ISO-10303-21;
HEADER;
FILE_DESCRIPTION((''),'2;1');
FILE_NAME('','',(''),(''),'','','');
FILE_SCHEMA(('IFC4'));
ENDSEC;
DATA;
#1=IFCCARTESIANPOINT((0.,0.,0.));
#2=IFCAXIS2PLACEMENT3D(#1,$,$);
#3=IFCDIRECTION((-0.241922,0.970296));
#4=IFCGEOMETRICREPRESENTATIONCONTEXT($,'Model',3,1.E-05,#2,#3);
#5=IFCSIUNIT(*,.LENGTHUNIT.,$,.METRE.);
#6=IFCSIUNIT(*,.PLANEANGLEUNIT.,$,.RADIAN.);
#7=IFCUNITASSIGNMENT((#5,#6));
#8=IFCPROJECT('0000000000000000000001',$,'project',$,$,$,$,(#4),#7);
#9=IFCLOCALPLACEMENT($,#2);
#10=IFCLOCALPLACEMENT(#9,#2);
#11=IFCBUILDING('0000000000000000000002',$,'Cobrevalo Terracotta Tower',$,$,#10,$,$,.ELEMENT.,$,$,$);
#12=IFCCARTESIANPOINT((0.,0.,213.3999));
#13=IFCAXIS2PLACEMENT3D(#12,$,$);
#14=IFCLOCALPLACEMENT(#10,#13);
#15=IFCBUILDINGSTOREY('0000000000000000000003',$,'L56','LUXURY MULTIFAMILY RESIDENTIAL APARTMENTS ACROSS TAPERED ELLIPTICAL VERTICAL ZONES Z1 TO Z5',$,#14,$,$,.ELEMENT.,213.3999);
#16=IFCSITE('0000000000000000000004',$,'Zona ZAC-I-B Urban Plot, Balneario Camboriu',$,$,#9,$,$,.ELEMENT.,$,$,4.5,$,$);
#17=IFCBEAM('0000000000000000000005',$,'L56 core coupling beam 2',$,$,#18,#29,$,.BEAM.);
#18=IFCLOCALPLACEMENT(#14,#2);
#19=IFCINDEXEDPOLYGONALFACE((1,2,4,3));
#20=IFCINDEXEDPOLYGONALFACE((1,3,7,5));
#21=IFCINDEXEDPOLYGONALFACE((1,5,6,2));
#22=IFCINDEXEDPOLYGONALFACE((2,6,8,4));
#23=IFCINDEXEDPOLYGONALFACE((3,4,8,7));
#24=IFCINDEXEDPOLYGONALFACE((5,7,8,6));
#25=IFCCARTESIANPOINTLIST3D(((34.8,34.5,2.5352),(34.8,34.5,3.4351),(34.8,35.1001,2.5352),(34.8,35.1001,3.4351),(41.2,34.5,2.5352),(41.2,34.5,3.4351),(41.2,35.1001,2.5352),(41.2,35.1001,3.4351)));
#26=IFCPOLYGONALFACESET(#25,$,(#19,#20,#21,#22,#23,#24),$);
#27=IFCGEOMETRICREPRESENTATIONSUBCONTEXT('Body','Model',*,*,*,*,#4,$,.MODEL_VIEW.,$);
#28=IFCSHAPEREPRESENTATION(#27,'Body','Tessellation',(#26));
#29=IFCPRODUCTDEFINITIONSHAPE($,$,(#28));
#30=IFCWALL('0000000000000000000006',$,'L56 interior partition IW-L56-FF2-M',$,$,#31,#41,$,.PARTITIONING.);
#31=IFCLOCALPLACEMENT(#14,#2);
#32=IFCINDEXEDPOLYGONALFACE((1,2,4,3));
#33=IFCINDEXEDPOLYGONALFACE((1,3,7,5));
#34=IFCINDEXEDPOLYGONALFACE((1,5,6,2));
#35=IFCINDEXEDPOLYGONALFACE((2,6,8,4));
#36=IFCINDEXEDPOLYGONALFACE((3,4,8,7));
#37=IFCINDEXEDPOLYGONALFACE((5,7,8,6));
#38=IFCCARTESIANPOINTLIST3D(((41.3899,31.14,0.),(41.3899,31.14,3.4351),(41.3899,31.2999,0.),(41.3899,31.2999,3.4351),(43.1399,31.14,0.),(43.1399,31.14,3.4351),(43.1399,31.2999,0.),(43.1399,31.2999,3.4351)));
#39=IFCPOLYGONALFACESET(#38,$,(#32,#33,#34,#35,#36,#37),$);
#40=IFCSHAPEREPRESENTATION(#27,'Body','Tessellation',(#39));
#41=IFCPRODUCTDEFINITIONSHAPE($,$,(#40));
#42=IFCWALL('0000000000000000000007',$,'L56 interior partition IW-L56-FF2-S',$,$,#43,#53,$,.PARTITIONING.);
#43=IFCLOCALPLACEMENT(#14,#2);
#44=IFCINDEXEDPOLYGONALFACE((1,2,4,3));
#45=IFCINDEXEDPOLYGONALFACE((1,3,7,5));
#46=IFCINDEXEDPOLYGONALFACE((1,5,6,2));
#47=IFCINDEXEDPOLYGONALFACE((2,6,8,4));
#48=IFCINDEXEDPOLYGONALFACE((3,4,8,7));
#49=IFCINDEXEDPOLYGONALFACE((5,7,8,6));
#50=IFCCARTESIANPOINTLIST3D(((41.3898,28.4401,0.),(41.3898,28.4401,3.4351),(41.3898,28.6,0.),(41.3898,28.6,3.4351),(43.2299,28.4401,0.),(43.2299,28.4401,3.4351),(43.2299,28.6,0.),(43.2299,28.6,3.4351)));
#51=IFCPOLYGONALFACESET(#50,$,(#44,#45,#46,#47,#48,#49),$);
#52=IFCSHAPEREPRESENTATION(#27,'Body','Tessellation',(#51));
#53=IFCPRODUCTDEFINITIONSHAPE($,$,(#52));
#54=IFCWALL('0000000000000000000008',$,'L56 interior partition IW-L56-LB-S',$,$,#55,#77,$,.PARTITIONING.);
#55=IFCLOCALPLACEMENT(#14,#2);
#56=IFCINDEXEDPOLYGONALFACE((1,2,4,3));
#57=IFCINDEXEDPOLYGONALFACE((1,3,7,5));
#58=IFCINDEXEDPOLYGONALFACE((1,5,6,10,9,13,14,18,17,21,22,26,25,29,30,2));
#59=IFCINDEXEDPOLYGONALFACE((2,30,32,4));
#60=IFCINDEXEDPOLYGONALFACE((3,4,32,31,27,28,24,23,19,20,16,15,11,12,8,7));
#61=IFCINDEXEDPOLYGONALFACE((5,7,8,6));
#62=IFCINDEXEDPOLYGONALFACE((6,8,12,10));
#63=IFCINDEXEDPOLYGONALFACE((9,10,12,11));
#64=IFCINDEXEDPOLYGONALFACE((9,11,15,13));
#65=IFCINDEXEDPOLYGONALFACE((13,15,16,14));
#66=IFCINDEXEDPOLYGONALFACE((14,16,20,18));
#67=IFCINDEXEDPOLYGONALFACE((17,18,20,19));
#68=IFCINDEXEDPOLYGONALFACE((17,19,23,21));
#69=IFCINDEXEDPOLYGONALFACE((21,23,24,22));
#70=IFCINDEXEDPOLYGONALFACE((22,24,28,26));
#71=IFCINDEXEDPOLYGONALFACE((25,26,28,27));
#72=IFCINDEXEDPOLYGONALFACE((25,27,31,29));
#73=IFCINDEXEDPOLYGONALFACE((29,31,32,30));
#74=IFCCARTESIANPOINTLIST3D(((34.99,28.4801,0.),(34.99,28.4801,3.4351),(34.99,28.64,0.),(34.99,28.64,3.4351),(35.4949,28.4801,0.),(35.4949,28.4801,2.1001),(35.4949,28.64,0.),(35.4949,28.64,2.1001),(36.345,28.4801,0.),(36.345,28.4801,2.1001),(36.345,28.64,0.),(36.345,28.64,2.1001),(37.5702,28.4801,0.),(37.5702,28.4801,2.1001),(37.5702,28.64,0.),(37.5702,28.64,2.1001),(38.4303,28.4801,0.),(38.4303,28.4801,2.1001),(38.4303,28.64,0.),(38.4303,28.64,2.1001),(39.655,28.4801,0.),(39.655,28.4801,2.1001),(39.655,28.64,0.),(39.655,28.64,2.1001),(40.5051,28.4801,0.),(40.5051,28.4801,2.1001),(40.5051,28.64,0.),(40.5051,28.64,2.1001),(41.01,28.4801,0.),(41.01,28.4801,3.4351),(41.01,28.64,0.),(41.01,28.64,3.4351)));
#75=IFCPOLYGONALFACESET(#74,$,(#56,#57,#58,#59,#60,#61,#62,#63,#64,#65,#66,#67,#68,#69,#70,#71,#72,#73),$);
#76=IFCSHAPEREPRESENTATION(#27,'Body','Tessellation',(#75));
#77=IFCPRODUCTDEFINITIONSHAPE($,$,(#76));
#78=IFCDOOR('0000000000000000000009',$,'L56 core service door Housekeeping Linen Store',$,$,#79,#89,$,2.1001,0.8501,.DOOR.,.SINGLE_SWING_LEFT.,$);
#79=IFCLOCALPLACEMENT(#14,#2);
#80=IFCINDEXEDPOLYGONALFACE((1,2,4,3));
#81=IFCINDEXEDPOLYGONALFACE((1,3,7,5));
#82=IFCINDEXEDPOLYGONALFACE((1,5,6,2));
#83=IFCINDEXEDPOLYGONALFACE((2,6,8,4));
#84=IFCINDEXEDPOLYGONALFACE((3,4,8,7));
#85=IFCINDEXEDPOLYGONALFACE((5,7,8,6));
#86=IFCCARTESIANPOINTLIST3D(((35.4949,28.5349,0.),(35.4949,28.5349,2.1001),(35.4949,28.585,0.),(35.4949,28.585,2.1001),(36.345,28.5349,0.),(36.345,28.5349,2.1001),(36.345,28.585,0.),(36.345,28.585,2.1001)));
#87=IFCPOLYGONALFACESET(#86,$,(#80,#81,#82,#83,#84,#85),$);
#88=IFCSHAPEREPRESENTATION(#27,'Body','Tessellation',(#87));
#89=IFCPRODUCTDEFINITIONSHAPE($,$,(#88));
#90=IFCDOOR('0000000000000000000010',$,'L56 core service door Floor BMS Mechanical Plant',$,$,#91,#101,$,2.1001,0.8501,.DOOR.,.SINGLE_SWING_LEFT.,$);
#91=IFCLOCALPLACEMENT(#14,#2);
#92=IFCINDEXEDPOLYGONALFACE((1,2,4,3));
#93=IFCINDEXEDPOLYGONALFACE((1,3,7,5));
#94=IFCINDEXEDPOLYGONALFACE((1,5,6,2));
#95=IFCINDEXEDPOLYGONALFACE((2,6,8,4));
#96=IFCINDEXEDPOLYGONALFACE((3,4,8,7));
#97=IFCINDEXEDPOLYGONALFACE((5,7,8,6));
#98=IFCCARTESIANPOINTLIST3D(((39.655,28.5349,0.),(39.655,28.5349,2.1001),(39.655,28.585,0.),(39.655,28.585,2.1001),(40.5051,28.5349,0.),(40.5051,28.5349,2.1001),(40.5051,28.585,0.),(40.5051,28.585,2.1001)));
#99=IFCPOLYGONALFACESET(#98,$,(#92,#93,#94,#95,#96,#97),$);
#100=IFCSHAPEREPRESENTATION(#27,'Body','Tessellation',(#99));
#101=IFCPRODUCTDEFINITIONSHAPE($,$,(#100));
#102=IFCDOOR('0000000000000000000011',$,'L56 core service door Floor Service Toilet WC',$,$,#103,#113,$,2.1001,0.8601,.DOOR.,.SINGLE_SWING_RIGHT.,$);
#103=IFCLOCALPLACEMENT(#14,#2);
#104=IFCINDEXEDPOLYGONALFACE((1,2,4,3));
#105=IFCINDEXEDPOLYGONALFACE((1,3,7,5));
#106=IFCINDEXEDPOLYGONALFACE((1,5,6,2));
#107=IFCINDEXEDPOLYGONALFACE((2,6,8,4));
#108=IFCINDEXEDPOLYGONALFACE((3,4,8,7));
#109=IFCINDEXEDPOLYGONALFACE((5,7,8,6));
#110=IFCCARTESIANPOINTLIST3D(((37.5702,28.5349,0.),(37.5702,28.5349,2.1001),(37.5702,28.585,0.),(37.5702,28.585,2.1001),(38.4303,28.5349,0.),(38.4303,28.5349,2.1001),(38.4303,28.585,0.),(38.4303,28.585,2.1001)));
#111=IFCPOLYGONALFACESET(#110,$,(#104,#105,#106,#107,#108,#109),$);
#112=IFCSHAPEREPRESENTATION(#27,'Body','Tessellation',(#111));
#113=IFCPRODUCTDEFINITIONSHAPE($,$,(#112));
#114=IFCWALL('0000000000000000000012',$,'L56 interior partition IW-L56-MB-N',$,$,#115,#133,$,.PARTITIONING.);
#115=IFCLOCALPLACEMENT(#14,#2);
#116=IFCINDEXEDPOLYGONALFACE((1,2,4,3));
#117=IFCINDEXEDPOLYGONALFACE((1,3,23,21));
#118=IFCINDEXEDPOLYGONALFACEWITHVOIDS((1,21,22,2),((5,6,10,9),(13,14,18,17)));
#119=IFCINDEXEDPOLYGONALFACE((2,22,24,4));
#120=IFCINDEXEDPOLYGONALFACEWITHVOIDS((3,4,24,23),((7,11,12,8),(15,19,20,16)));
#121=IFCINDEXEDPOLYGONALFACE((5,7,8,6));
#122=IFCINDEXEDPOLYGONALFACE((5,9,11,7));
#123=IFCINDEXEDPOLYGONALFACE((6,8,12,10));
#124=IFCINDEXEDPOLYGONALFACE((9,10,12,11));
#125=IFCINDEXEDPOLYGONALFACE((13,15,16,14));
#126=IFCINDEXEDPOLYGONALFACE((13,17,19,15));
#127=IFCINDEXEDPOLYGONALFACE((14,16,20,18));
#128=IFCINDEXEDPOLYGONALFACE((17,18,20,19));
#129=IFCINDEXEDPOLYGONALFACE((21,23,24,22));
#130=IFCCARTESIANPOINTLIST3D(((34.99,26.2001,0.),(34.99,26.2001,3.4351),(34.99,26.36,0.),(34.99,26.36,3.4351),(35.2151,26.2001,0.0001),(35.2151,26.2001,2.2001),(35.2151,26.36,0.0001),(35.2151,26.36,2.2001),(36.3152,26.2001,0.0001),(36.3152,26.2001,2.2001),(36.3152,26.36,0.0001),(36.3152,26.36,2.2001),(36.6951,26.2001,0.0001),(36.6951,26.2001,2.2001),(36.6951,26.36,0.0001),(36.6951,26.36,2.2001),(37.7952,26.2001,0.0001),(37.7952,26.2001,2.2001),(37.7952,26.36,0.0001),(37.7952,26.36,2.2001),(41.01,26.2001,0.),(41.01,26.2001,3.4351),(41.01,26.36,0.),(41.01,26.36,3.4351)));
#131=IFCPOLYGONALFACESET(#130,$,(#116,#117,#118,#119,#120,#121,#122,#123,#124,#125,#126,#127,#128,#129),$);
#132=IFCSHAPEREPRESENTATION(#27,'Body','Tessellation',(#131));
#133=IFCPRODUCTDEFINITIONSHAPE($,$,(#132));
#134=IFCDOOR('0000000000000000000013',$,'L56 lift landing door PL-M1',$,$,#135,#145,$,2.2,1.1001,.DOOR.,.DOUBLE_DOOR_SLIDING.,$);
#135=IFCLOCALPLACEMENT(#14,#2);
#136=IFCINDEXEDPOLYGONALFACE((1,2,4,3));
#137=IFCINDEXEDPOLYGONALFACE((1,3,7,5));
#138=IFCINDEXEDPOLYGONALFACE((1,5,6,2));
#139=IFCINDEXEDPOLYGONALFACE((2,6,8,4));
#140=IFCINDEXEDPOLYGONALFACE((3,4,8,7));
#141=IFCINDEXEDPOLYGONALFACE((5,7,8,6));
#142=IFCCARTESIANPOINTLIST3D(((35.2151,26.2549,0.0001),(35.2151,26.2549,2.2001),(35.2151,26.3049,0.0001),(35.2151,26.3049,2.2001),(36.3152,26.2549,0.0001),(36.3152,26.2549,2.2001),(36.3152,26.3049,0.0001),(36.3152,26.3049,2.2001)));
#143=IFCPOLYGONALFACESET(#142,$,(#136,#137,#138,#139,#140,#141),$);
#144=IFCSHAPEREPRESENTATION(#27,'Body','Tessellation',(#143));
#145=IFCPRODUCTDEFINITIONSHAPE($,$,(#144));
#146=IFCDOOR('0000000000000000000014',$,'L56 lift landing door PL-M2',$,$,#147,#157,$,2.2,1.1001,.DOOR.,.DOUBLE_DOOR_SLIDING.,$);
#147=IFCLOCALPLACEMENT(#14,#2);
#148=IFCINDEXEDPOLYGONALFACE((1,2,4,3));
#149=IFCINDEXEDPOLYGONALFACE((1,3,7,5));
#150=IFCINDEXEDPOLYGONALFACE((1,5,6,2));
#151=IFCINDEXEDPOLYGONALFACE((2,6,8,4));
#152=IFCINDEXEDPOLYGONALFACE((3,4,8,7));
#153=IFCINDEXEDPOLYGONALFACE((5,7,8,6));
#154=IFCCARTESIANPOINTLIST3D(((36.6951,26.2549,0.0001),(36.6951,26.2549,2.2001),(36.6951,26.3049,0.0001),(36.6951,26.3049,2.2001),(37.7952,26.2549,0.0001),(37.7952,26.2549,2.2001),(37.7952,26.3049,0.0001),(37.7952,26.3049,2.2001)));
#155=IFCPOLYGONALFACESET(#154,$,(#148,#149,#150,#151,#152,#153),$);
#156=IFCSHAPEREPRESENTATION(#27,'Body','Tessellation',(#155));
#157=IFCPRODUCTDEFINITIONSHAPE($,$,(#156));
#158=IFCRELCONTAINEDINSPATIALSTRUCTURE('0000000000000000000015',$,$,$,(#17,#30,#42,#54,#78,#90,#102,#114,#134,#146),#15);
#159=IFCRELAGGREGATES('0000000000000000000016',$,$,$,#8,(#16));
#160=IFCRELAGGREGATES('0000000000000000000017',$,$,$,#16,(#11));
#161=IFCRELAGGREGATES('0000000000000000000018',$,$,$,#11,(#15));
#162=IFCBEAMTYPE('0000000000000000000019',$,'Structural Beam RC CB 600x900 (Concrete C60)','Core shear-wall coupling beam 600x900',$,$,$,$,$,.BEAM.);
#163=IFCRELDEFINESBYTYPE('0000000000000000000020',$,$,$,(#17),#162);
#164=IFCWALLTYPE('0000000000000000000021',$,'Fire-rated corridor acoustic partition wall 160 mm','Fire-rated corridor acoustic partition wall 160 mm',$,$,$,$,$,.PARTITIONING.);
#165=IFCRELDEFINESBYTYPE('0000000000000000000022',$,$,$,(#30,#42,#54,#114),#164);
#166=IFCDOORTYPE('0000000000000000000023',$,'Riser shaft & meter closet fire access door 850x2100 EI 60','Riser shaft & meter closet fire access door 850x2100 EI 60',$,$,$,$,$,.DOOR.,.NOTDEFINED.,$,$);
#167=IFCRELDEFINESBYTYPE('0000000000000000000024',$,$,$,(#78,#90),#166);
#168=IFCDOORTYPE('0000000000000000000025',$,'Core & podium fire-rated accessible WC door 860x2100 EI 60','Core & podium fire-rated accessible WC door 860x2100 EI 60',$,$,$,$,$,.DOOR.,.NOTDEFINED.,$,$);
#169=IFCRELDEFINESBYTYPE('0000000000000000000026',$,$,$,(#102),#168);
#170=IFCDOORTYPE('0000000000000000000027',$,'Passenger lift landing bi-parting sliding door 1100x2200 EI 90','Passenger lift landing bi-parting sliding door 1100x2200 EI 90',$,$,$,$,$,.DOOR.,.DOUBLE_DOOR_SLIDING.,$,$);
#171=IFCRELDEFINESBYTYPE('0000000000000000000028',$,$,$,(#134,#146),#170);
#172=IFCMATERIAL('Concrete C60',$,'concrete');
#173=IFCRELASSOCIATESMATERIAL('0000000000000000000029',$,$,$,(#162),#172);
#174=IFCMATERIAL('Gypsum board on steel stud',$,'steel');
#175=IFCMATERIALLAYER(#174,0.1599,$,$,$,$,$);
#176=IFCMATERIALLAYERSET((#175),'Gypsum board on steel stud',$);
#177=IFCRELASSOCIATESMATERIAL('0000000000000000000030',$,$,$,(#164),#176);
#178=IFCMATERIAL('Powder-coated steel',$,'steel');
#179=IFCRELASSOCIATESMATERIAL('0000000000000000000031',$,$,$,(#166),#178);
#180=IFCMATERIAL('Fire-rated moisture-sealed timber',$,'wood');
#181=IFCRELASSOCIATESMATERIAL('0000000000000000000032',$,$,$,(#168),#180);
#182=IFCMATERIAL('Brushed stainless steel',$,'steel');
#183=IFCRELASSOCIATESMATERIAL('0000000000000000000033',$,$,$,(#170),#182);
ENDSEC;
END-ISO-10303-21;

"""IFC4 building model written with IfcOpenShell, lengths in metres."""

from ifc_helpers import new_model, si_unit, direction, frame, frame_2d, origin, origin_2d, place, context, subcontext, project, spatial, rectangle, extrude, source, transform, mapped, material, layer, layer_set, material_profile, profile_set, type_object, element, fill, save


model = new_model("IFC4")

# Units and contexts
model_context = context("Model", 3, precision=1e-05, world=origin(), true_north=direction((-0.241922, 0.970296)))
body_context = subcontext(model_context, "Body", "Model", "MODEL_VIEW")
ifc_project = project(units=[si_unit("LENGTHUNIT", "METRE"), si_unit("PLANEANGLEUNIT", "RADIAN")], contexts=[model_context])

# Site, building, storey
site_placement = place(None, origin())
site = spatial("IfcSite", under=ifc_project, at=site_placement, Name="Zona ZAC-I-B Urban Plot, Balneario Camboriu", CompositionType="ELEMENT", RefElevation=4.5)
building_placement = place(site_placement, origin())
building = spatial("IfcBuilding", under=site, at=building_placement, Name="Cobrevalo Terracotta Tower", CompositionType="ELEMENT")
storey_placement = place(building_placement, frame((0.0, 0.0, 213.3999)))
storey = spatial("IfcBuildingStorey", under=building, at=storey_placement, Name="L56", Description="LUXURY MULTIFAMILY RESIDENTIAL APARTMENTS ACROSS TAPERED ELLIPTICAL VERTICAL ZONES Z1 TO Z5", CompositionType="ELEMENT", Elevation=213.3999)

# Beam
ifc_material_1 = material(Name="Concrete C60", Category="concrete")
ifc_material_profile = material_profile(ifc_material_1, rectangle(XDim=0.6001, YDim=0.8999, at=origin_2d()), Name="RC CB 600x900")
ifc_profile_set = profile_set([ifc_material_profile], Name="Concrete C60")
beam_type = type_object("IfcBeamType", Name="Structural Beam RC CB 600x900 (Concrete C60)", Description="Core shear-wall coupling beam 600x900", PredefinedType="BEAM", material=ifc_profile_set)
beam_placement = place(storey_placement, frame((34.8, 34.8, 2.9851), z_axis=(1.0, 0.0, 0.0), x_axis=(0.0, 1.0, 0.0)))
element("IfcBeam", 1, at=beam_placement, inside=storey, type_object=beam_type, Name="L56 core coupling beam 2", PredefinedType="BEAM", context=body_context, shape_type="SweptSolid", body=[
    extrude(rectangle(XDim=0.6001, YDim=0.8999, at=origin_2d()), origin(), (0.0, 0.0, 1.0), 6.3999),
])

# Walls
ifc_material_2 = material(Name="Gypsum board on steel stud", Category="steel")
ifc_layer_1 = layer(ifc_material_2, 0.1599)
ifc_layer_set_1 = layer_set([ifc_layer_1], Name="Gypsum board on steel stud")
wall_type_1 = type_object("IfcWallType", Name="Fire-rated corridor acoustic partition wall 160 mm", Description="Fire-rated corridor acoustic partition wall 160 mm", PredefinedType="PARTITIONING", material=ifc_layer_set_1)
wall_1_placement = place(storey_placement, frame((41.3899, 31.22, 0.0), z_axis=(0.0, 0.0, 1.0), x_axis=(1.0, 0.0, 0.0)))
element("IfcWall", 2, at=wall_1_placement, inside=storey, type_object=wall_type_1, Name="L56 interior partition IW-L56-FF2-M", PredefinedType="PARTITIONING", context=body_context, shape_type="SweptSolid", body=[
    extrude(rectangle(XDim=1.75, YDim=0.1599, at=frame_2d((0.875, 0.0))), origin(), (0.0, 0.0, 1.0), 3.4351),
])
wall_2_placement = place(storey_placement, frame((41.3899, 28.52, 0.0), z_axis=(0.0, 0.0, 1.0), x_axis=(1.0, 0.0, 0.0)))
element("IfcWall", 3, at=wall_2_placement, inside=storey, type_object=wall_type_1, Name="L56 interior partition IW-L56-FF2-S", PredefinedType="PARTITIONING", context=body_context, shape_type="SweptSolid", body=[
    extrude(rectangle(XDim=1.8401, YDim=0.1599, at=frame_2d((0.9199, 0.0))), origin(), (0.0, 0.0, 1.0), 3.4351),
])

# Walls, openings, doors
wall_3_placement = place(storey_placement, frame((34.99, 28.5601, 0.0), z_axis=(0.0, 0.0, 1.0), x_axis=(1.0, 0.0, 0.0)))
wall_3 = element("IfcWall", 4, at=wall_3_placement, inside=storey, type_object=wall_type_1, Name="L56 interior partition IW-L56-LB-S", PredefinedType="PARTITIONING", context=body_context, shape_type="SweptSolid", body=[
    extrude(rectangle(XDim=6.02, YDim=0.1599, at=frame_2d((3.01, 0.0))), origin(), (0.0, 0.0, 1.0), 3.4351),
])
opening_1_placement = place(wall_3_placement, frame((0.5049, 0.0, 0.0)))
opening_1 = element("IfcOpeningElement", 5, at=opening_1_placement, cuts=wall_3, PredefinedType="OPENING", context=body_context, shape_type="SweptSolid", body=[
    extrude(rectangle(XDim=0.8501, YDim=2.1001, at=frame_2d((0.425, 1.05))), frame((0.0, 0.0898, 0.0), z_axis=(0.0, -1.0, 0.0), x_axis=(1.0, 0.0, 0.0)), (0.0, 0.0, 1.0), 0.1799),
])
opening_2_placement = place(wall_3_placement, frame((2.5801, 0.0, 0.0)))
opening_2 = element("IfcOpeningElement", 6, at=opening_2_placement, cuts=wall_3, PredefinedType="OPENING", context=body_context, shape_type="SweptSolid", body=[
    extrude(rectangle(XDim=0.8601, YDim=2.1001, at=frame_2d((0.4302, 1.05))), frame((0.0, 0.0898, 0.0), z_axis=(0.0, -1.0, 0.0), x_axis=(1.0, 0.0, 0.0)), (0.0, 0.0, 1.0), 0.1799),
])
opening_3_placement = place(wall_3_placement, frame((4.665, 0.0, 0.0)))
opening_3 = element("IfcOpeningElement", 7, at=opening_3_placement, cuts=wall_3, PredefinedType="OPENING", context=body_context, shape_type="SweptSolid", body=[
    extrude(rectangle(XDim=0.8501, YDim=2.1001, at=frame_2d((0.425, 1.05))), frame((0.0, 0.0898, 0.0), z_axis=(0.0, -1.0, 0.0), x_axis=(1.0, 0.0, 0.0)), (0.0, 0.0, 1.0), 0.1799),
])
ifc_material_3 = material(Name="Powder-coated steel", Category="steel")
door_type_1 = type_object("IfcDoorType", Name="Riser shaft & meter closet fire access door 850x2100 EI 60", Description="Riser shaft & meter closet fire access door 850x2100 EI 60", OperationType="NOTDEFINED", PredefinedType="DOOR", material=ifc_material_3)
shared_shape_1 = source(origin(), body_context, "Body", "SweptSolid", [
    extrude(rectangle(XDim=0.8501, YDim=2.1001, at=frame_2d((0.425, 1.05))), frame((0.0, 0.0249, 0.0), z_axis=(0.0, -1.0, 0.0), x_axis=(1.0, 0.0, 0.0)), (0.0, 0.0, 1.0), 0.05),
])
door_1_placement = place(opening_1_placement, origin())
door_1 = element("IfcDoor", 8, at=door_1_placement, inside=storey, type_object=door_type_1, Name="L56 core service door Housekeeping Linen Store", OperationType="SINGLE_SWING_LEFT", OverallHeight=2.1001, OverallWidth=0.8501, PredefinedType="DOOR", context=body_context, shape_type="MappedRepresentation", body=[
    mapped(shared_shape_1, transform((0.0, 0.0, 0.0), scale=1.0)),
])
fill(opening_1, door_1)
door_2_placement = place(opening_3_placement, origin())
door_2 = element("IfcDoor", 9, at=door_2_placement, inside=storey, type_object=door_type_1, Name="L56 core service door Floor BMS Mechanical Plant", OperationType="SINGLE_SWING_LEFT", OverallHeight=2.1001, OverallWidth=0.8501, PredefinedType="DOOR", context=body_context, shape_type="MappedRepresentation", body=[
    mapped(shared_shape_1, transform((0.0, 0.0, 0.0), scale=1.0)),
])
fill(opening_3, door_2)
ifc_material_4 = material(Name="Fire-rated moisture-sealed timber", Category="wood")
door_type_2 = type_object("IfcDoorType", Name="Core & podium fire-rated accessible WC door 860x2100 EI 60", Description="Core & podium fire-rated accessible WC door 860x2100 EI 60", OperationType="NOTDEFINED", PredefinedType="DOOR", material=ifc_material_4)
shared_shape_2 = source(origin(), body_context, "Body", "SweptSolid", [
    extrude(rectangle(XDim=0.8601, YDim=2.1001, at=frame_2d((0.4302, 1.05))), frame((0.0, 0.0249, 0.0), z_axis=(0.0, -1.0, 0.0), x_axis=(1.0, 0.0, 0.0)), (0.0, 0.0, 1.0), 0.05),
])
door_3_placement = place(opening_2_placement, origin())
door_3 = element("IfcDoor", 10, at=door_3_placement, inside=storey, type_object=door_type_2, Name="L56 core service door Floor Service Toilet WC", OperationType="SINGLE_SWING_RIGHT", OverallHeight=2.1001, OverallWidth=0.8601, PredefinedType="DOOR", context=body_context, shape_type="MappedRepresentation", body=[
    mapped(shared_shape_2, transform((0.0, 0.0, 0.0), scale=1.0)),
])
fill(opening_2, door_3)
wall_4_placement = place(storey_placement, frame((34.99, 26.28, 0.0), z_axis=(0.0, 0.0, 1.0), x_axis=(1.0, 0.0, 0.0)))
wall_4 = element("IfcWall", 11, at=wall_4_placement, inside=storey, type_object=wall_type_1, Name="L56 interior partition IW-L56-MB-N", PredefinedType="PARTITIONING", context=body_context, shape_type="SweptSolid", body=[
    extrude(rectangle(XDim=6.02, YDim=0.1599, at=frame_2d((3.01, 0.0))), origin(), (0.0, 0.0, 1.0), 3.4351),
])
opening_4_placement = place(wall_4_placement, frame((0.2251, 0.0, 0.0)))
opening_4 = element("IfcOpeningElement", 12, at=opening_4_placement, cuts=wall_4, PredefinedType="OPENING", context=body_context, shape_type="SweptSolid", body=[
    extrude(rectangle(XDim=1.1001, YDim=2.2, at=frame_2d((0.55, 1.1001))), frame((0.0, 0.0898, 0.0), z_axis=(0.0, -1.0, 0.0), x_axis=(1.0, 0.0, 0.0)), (0.0, 0.0, 1.0), 0.1799),
])
opening_5_placement = place(wall_4_placement, frame((1.7051, 0.0, 0.0)))
opening_5 = element("IfcOpeningElement", 13, at=opening_5_placement, cuts=wall_4, PredefinedType="OPENING", context=body_context, shape_type="SweptSolid", body=[
    extrude(rectangle(XDim=1.1001, YDim=2.2, at=frame_2d((0.55, 1.1001))), frame((0.0, 0.0898, 0.0), z_axis=(0.0, -1.0, 0.0), x_axis=(1.0, 0.0, 0.0)), (0.0, 0.0, 1.0), 0.1799),
])
ifc_material_5 = material(Name="Brushed stainless steel", Category="steel")
door_type_3 = type_object("IfcDoorType", Name="Passenger lift landing bi-parting sliding door 1100x2200 EI 90", Description="Passenger lift landing bi-parting sliding door 1100x2200 EI 90", OperationType="DOUBLE_DOOR_SLIDING", PredefinedType="DOOR", material=ifc_material_5)
shared_shape_3 = source(origin(), body_context, "Body", "SweptSolid", [
    extrude(rectangle(XDim=1.1001, YDim=2.2, at=frame_2d((0.55, 1.1001))), frame((0.0, 0.0249, 0.0), z_axis=(0.0, -1.0, 0.0), x_axis=(1.0, 0.0, 0.0)), (0.0, 0.0, 1.0), 0.05),
])
door_4_placement = place(opening_4_placement, origin())
door_4 = element("IfcDoor", 14, at=door_4_placement, inside=storey, type_object=door_type_3, Name="L56 lift landing door PL-M1", OperationType="DOUBLE_DOOR_SLIDING", OverallHeight=2.2, OverallWidth=1.1001, PredefinedType="DOOR", context=body_context, shape_type="MappedRepresentation", body=[
    mapped(shared_shape_3, transform((0.0, 0.0, 0.0), scale=1.0)),
])
fill(opening_4, door_4)
door_5_placement = place(opening_5_placement, origin())
door_5 = element("IfcDoor", 15, at=door_5_placement, inside=storey, type_object=door_type_3, Name="L56 lift landing door PL-M2", OperationType="DOUBLE_DOOR_SLIDING", OverallHeight=2.2, OverallWidth=1.1001, PredefinedType="DOOR", context=body_context, shape_type="MappedRepresentation", body=[
    mapped(shared_shape_3, transform((0.0, 0.0, 0.0), scale=1.0)),
])
fill(opening_5, door_5)

save(model, "model.ifc")
